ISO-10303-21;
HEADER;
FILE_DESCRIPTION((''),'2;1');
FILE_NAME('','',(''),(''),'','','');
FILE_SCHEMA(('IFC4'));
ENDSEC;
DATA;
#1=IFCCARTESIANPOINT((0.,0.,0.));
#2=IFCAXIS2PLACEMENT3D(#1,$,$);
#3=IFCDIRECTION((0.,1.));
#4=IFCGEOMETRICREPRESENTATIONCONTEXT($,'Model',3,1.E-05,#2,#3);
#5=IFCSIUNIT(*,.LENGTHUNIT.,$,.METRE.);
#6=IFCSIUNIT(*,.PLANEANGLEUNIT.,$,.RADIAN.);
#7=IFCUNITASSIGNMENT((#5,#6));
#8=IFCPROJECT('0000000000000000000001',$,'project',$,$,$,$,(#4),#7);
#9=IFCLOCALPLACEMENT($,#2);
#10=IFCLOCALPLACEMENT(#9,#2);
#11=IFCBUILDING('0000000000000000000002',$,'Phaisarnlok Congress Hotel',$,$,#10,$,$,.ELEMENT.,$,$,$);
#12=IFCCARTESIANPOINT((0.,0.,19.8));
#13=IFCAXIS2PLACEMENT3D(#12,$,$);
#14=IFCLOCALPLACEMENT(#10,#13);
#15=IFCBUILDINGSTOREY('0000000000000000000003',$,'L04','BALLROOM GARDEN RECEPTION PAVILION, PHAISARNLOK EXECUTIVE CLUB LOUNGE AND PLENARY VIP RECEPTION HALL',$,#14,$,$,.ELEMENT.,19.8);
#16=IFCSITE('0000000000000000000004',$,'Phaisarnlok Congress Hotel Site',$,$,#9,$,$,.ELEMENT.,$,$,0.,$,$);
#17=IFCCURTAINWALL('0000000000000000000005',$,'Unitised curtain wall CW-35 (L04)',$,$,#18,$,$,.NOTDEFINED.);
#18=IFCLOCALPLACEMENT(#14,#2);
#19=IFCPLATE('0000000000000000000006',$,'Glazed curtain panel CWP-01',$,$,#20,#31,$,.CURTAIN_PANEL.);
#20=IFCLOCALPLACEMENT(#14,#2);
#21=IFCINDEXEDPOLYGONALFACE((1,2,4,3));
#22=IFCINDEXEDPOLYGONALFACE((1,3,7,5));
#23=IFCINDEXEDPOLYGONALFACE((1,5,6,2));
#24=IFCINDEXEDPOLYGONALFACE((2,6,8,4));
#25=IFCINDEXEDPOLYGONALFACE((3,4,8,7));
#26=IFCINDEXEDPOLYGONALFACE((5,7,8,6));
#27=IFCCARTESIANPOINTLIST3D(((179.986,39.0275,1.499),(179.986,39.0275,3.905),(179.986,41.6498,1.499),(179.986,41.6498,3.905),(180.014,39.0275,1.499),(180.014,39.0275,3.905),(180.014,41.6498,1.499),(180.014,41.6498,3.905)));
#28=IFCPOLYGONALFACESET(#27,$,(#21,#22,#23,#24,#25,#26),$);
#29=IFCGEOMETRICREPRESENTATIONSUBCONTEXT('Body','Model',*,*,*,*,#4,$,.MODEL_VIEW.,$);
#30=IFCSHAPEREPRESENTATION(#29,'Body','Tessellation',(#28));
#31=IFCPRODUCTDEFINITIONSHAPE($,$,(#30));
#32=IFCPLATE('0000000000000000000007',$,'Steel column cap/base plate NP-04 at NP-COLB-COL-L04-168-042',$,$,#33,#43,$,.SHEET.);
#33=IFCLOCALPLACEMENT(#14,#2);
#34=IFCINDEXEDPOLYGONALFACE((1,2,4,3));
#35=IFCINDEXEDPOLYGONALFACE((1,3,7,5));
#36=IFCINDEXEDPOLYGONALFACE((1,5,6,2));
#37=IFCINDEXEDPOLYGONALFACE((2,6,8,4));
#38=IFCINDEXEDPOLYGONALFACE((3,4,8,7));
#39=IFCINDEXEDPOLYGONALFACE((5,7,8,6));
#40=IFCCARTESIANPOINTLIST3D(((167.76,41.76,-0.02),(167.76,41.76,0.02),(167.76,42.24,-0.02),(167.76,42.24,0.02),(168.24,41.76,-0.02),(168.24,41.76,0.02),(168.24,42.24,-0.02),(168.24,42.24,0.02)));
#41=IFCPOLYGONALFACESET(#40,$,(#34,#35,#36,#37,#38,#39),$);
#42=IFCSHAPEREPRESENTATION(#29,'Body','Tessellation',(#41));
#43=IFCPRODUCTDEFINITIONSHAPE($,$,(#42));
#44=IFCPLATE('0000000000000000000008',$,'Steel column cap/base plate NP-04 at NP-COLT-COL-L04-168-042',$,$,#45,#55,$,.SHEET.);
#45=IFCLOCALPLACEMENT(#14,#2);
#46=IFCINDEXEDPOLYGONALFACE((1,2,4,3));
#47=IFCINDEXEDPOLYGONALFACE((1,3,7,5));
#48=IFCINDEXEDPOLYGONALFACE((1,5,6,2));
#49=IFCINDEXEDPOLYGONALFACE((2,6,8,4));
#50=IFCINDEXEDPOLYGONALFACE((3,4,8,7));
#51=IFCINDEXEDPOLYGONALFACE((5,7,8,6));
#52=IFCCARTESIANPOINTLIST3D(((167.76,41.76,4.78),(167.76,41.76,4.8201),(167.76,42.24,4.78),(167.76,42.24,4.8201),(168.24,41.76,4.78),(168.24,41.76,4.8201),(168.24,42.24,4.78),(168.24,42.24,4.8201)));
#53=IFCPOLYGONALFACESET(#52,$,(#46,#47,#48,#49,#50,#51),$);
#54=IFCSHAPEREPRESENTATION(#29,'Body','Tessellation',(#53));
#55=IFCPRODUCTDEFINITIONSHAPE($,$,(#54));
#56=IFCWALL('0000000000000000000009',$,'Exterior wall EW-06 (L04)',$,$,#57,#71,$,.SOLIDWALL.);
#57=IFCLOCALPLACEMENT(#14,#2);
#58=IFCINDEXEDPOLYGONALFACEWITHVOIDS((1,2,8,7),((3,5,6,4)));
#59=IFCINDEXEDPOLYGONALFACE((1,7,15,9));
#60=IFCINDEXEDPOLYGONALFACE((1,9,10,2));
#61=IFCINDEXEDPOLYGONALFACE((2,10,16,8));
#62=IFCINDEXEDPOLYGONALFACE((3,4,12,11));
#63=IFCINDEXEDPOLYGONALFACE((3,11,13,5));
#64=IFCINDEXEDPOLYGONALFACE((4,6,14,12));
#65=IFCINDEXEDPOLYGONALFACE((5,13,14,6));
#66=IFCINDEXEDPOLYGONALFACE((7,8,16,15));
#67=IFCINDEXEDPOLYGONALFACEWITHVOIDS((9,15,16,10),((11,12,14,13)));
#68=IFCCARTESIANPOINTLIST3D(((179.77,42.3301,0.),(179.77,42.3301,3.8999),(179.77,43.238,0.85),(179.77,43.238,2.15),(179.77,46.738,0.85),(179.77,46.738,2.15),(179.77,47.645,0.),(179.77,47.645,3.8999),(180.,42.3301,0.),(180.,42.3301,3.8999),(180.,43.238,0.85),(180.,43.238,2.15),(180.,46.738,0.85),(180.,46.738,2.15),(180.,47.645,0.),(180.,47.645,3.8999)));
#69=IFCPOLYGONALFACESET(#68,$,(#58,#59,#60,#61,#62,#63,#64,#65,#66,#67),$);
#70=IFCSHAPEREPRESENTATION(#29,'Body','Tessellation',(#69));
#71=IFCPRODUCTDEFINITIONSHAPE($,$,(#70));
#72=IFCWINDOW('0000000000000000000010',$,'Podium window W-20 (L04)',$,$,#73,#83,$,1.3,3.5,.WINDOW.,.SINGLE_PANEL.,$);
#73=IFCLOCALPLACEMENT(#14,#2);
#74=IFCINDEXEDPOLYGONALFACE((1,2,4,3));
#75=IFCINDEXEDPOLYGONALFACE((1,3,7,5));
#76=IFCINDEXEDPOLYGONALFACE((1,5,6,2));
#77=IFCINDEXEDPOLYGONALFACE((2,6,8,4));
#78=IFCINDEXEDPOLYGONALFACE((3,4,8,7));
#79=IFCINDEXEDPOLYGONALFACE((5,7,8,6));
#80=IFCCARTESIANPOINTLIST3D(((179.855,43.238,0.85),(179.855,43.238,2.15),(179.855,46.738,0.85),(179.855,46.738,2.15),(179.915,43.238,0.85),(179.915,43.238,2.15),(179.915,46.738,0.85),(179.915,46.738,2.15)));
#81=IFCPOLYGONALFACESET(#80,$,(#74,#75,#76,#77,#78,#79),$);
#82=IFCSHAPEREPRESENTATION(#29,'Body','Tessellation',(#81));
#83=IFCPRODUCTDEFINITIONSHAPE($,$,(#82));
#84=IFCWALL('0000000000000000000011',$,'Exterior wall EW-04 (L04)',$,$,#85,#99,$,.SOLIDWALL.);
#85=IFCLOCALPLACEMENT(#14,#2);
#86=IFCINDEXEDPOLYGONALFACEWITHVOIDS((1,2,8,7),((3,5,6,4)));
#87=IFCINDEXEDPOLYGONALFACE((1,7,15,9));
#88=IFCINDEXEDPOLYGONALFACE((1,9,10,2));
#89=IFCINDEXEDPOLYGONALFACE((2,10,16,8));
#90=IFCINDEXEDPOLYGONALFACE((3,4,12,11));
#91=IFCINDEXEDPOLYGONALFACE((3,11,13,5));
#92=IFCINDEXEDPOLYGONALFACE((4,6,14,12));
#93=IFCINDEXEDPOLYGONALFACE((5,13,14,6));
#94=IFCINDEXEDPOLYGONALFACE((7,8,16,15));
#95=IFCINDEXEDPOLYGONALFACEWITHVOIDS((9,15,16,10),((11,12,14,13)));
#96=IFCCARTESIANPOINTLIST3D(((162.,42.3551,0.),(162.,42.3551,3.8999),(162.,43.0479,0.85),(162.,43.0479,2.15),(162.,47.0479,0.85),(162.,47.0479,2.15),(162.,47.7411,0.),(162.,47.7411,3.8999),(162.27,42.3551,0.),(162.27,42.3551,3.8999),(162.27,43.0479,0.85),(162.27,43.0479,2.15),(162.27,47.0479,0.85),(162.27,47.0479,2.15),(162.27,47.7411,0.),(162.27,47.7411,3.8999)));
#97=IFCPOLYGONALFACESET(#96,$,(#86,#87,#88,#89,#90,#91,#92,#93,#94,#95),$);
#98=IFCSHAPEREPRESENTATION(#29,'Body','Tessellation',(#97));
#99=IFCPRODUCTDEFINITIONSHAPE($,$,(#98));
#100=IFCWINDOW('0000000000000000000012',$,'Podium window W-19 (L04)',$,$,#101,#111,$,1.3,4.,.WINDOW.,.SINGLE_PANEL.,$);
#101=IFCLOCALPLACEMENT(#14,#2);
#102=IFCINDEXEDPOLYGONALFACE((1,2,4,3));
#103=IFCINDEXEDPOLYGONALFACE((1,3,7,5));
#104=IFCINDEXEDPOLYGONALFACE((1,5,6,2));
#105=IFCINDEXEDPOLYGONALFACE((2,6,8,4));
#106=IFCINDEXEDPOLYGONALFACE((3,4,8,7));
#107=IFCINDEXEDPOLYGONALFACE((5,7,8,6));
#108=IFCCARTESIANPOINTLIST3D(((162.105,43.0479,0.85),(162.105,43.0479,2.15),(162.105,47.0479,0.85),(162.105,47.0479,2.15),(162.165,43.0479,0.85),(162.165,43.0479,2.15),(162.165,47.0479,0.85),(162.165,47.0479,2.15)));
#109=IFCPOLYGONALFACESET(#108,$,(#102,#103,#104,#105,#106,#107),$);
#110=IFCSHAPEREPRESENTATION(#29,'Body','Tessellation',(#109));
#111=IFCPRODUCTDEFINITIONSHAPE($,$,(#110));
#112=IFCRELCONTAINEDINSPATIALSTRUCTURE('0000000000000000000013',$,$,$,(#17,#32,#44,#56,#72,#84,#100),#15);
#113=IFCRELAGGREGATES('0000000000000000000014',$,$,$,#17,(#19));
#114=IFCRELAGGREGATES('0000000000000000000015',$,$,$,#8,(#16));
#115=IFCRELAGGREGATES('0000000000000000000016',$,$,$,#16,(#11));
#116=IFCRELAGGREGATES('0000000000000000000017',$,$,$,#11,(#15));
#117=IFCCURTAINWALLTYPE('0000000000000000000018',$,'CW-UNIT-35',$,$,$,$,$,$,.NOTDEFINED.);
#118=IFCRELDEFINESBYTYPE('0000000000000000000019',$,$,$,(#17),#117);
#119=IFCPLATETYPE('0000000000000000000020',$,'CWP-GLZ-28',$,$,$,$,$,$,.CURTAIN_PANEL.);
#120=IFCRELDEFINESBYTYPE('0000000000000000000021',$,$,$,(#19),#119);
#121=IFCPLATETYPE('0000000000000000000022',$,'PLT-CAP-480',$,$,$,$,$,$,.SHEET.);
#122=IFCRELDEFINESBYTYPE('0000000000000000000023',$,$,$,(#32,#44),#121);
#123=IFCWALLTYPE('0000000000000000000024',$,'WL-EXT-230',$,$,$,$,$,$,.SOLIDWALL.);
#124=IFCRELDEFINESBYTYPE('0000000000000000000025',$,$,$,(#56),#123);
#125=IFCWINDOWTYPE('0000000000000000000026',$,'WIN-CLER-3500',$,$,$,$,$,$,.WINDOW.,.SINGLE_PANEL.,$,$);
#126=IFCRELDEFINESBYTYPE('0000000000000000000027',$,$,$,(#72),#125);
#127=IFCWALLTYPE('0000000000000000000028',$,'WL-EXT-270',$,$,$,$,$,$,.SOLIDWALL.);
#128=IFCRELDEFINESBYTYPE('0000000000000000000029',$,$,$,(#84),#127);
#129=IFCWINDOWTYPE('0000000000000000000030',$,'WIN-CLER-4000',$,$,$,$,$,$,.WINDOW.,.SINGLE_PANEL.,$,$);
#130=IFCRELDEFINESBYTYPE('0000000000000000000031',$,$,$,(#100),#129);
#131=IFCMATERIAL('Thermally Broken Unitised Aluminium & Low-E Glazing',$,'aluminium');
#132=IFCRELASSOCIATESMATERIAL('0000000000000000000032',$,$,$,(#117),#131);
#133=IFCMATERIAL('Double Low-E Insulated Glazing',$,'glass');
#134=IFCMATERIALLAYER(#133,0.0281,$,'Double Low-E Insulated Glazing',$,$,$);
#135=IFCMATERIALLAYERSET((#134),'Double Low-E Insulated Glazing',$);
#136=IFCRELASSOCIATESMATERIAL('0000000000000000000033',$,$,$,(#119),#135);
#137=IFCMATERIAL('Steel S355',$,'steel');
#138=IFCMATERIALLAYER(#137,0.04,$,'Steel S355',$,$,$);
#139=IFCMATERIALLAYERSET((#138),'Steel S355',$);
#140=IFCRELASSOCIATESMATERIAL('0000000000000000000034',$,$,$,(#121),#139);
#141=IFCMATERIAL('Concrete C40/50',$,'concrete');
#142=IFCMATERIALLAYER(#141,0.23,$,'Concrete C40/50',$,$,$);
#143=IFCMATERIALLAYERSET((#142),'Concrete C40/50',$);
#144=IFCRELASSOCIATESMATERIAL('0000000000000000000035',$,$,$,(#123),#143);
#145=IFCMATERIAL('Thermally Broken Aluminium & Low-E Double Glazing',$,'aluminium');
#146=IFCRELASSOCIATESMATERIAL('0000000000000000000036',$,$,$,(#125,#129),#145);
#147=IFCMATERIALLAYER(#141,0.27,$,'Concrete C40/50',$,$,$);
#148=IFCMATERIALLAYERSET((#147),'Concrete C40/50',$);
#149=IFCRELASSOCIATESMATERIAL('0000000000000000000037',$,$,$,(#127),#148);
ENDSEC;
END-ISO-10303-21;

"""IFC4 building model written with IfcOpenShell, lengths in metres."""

from ifc_helpers import new_model, si_unit, direction, frame, frame_2d, origin, origin_2d, place, context, subcontext, project, spatial, rectangle, extrude, material, layer, layer_set, type_object, element, fill, aggregate, save


model = new_model("IFC4")

# Units and contexts
model_context = context("Model", 3, precision=1e-05, world=origin(), true_north=direction((0.0, 1.0)))
body_context = subcontext(model_context, "Body", "Model", "MODEL_VIEW")
ifc_project = project(units=[si_unit("LENGTHUNIT", "METRE"), si_unit("PLANEANGLEUNIT", "RADIAN")], contexts=[model_context])

# Site, building, storey
site_placement = place(None, origin())
site = spatial("IfcSite", under=ifc_project, at=site_placement, Name="Phaisarnlok Congress Hotel Site", CompositionType="ELEMENT", RefElevation=0.0)
building_placement = place(site_placement, origin())
building = spatial("IfcBuilding", under=site, at=building_placement, Name="Phaisarnlok Congress Hotel", CompositionType="ELEMENT")
storey_placement = place(building_placement, frame((0.0, 0.0, 19.8)))
storey = spatial("IfcBuildingStorey", under=building, at=storey_placement, Name="L04", Description="BALLROOM GARDEN RECEPTION PAVILION, PHAISARNLOK EXECUTIVE CLUB LOUNGE AND PLENARY VIP RECEPTION HALL", CompositionType="ELEMENT", Elevation=19.8)

# Shared definitions
ifc_material_1 = material(Name="Steel S355", Category="steel")

# Shared definitions
ifc_material_2 = material(Name="Concrete C40/50", Category="concrete")

# Curtain wall
ifc_material_3 = material(Name="Thermally Broken Unitised Aluminium & Low-E Glazing", Category="aluminium")
curtain_wall_type = type_object("IfcCurtainWallType", Name="CW-UNIT-35", PredefinedType="NOTDEFINED", material=ifc_material_3)
curtain_wall_1_placement = place(storey_placement, origin())
curtain_wall_1 = element("IfcCurtainWall", 1, at=curtain_wall_1_placement, inside=storey, type_object=curtain_wall_type, Name="Unitised curtain wall CW-35 (L04)", PredefinedType="NOTDEFINED")

# Plate
ifc_material_4 = material(Name="Double Low-E Insulated Glazing", Category="glass")
ifc_layer_1 = layer(ifc_material_4, 0.0281, Name="Double Low-E Insulated Glazing")
ifc_layer_set_1 = layer_set([ifc_layer_1], Name="Double Low-E Insulated Glazing")
plate_type_1 = type_object("IfcPlateType", Name="CWP-GLZ-28", PredefinedType="CURTAIN_PANEL", material=ifc_layer_set_1)
plate_1_placement = place(storey_placement, frame((180.0, 39.0276, 1.499), z_axis=(0.0, 0.0, 1.0), x_axis=(0.0, 1.0, 0.0)))
plate_1 = element("IfcPlate", 2, at=plate_1_placement, type_object=plate_type_1, Name="Glazed curtain panel CWP-01", PredefinedType="CURTAIN_PANEL", context=body_context, shape_type="SweptSolid", body=[
    extrude(rectangle(XDim=2.6223, YDim=0.0281, at=frame_2d((1.311, 0.0))), origin(), (0.0, 0.0, 1.0), 2.406),
])
aggregate(curtain_wall_1, [plate_1])

# Plates
ifc_layer_2 = layer(ifc_material_1, 0.04, Name="Steel S355")
ifc_layer_set_2 = layer_set([ifc_layer_2], Name="Steel S355")
plate_type_2 = type_object("IfcPlateType", Name="PLT-CAP-480", PredefinedType="SHEET", material=ifc_layer_set_2)
for number, where, z_axis, x_axis, name in (
    (3, (168.0, 42.0, -0.02), (0.0, 0.0, 1.0), (1.0, 0.0, 0.0), "Steel column cap/base plate NP-04 at NP-COLB-COL-L04-168-042"),
    (4, (168.0, 42.0, 4.78), (0.0, 0.0, 1.0), (1.0, 0.0, 0.0), "Steel column cap/base plate NP-04 at NP-COLT-COL-L04-168-042"),
):
    element("IfcPlate", number, at=place(storey_placement, frame(where, z_axis=z_axis, x_axis=x_axis)), inside=storey, type_object=plate_type_2, Name=name, PredefinedType="SHEET", context=body_context, shape_type="SweptSolid", body=[
        extrude(rectangle(XDim=0.48, YDim=0.48, at=origin_2d()), origin(), (0.0, 0.0, 1.0), 0.04),
    ])

# Walls, openings, windows
ifc_layer_3 = layer(ifc_material_2, 0.23, Name="Concrete C40/50")
ifc_layer_set_3 = layer_set([ifc_layer_3], Name="Concrete C40/50")
wall_type_1 = type_object("IfcWallType", Name="WL-EXT-230", PredefinedType="SOLIDWALL", material=ifc_layer_set_3)
wall_1_placement = place(storey_placement, frame((179.885, 42.3301, 0.0), z_axis=(0.0, 0.0, 1.0), x_axis=(0.0, 1.0, 0.0)))
wall_1 = element("IfcWall", 5, at=wall_1_placement, inside=storey, type_object=wall_type_1, Name="Exterior wall EW-06 (L04)", PredefinedType="SOLIDWALL", context=body_context, shape_type="SweptSolid", body=[
    extrude(rectangle(XDim=5.3149, YDim=0.23, at=frame_2d((2.6575, 0.0))), origin(), (0.0, 0.0, 1.0), 3.8999),
])
opening_1_placement = place(wall_1_placement, frame((0.908, 0.0, 0.8501)))
opening_1 = element("IfcOpeningElement", 6, at=opening_1_placement, cuts=wall_1, PredefinedType="OPENING", context=body_context, shape_type="SweptSolid", body=[
    extrude(rectangle(XDim=3.5, YDim=1.3, at=frame_2d((1.75, 0.6499))), frame((0.0, 0.125, 0.0), z_axis=(0.0, -1.0, 0.0), x_axis=(1.0, 0.0, 0.0)), (0.0, 0.0, 1.0), 0.25),
])
ifc_material_5 = material(Name="Thermally Broken Aluminium & Low-E Double Glazing", Category="aluminium")
window_type_1 = type_object("IfcWindowType", Name="WIN-CLER-3500", PartitioningType="SINGLE_PANEL", PredefinedType="WINDOW", material=ifc_material_5)
window_1_placement = place(opening_1_placement, origin())
window_1 = element("IfcWindow", 7, at=window_1_placement, inside=storey, type_object=window_type_1, Name="Podium window W-20 (L04)", OverallHeight=1.3, OverallWidth=3.5, PartitioningType="SINGLE_PANEL", PredefinedType="WINDOW", context=body_context, shape_type="SweptSolid", body=[
    extrude(rectangle(XDim=3.5, YDim=1.3, at=frame_2d((1.75, 0.6499))), frame((0.0, 0.03, 0.0), z_axis=(0.0, -1.0, 0.0), x_axis=(1.0, 0.0, 0.0)), (0.0, 0.0, 1.0), 0.0601),
])
fill(opening_1, window_1)
ifc_layer_4 = layer(ifc_material_2, 0.27, Name="Concrete C40/50")
ifc_layer_set_4 = layer_set([ifc_layer_4], Name="Concrete C40/50")
wall_type_2 = type_object("IfcWallType", Name="WL-EXT-270", PredefinedType="SOLIDWALL", material=ifc_layer_set_4)
wall_2_placement = place(storey_placement, frame((162.135, 47.741, 0.0), z_axis=(0.0, 0.0, 1.0), x_axis=(0.0, -1.0, 0.0)))
wall_2 = element("IfcWall", 8, at=wall_2_placement, inside=storey, type_object=wall_type_2, Name="Exterior wall EW-04 (L04)", PredefinedType="SOLIDWALL", context=body_context, shape_type="SweptSolid", body=[
    extrude(rectangle(XDim=5.386, YDim=0.27, at=frame_2d((2.6929, 0.0))), origin(), (0.0, 0.0, 1.0), 3.8999),
])
opening_2_placement = place(wall_2_placement, frame((0.6931, 0.0, 0.8501)))
opening_2 = element("IfcOpeningElement", 9, at=opening_2_placement, cuts=wall_2, PredefinedType="OPENING", context=body_context, shape_type="SweptSolid", body=[
    extrude(rectangle(XDim=4.0, YDim=1.3, at=frame_2d((2.0, 0.6499))), frame((0.0, 0.145, 0.0), z_axis=(0.0, -1.0, 0.0), x_axis=(1.0, 0.0, 0.0)), (0.0, 0.0, 1.0), 0.29),
])
window_type_2 = type_object("IfcWindowType", Name="WIN-CLER-4000", PartitioningType="SINGLE_PANEL", PredefinedType="WINDOW", material=ifc_material_5)
window_2_placement = place(opening_2_placement, origin())
window_2 = element("IfcWindow", 10, at=window_2_placement, inside=storey, type_object=window_type_2, Name="Podium window W-19 (L04)", OverallHeight=1.3, OverallWidth=4.0, PartitioningType="SINGLE_PANEL", PredefinedType="WINDOW", context=body_context, shape_type="SweptSolid", body=[
    extrude(rectangle(XDim=4.0, YDim=1.3, at=frame_2d((2.0, 0.6499))), frame((0.0, 0.03, 0.0), z_axis=(0.0, -1.0, 0.0), x_axis=(1.0, 0.0, 0.0)), (0.0, 0.0, 1.0), 0.0601),
])
fill(opening_2, window_2)

save(model, "model.ifc")
